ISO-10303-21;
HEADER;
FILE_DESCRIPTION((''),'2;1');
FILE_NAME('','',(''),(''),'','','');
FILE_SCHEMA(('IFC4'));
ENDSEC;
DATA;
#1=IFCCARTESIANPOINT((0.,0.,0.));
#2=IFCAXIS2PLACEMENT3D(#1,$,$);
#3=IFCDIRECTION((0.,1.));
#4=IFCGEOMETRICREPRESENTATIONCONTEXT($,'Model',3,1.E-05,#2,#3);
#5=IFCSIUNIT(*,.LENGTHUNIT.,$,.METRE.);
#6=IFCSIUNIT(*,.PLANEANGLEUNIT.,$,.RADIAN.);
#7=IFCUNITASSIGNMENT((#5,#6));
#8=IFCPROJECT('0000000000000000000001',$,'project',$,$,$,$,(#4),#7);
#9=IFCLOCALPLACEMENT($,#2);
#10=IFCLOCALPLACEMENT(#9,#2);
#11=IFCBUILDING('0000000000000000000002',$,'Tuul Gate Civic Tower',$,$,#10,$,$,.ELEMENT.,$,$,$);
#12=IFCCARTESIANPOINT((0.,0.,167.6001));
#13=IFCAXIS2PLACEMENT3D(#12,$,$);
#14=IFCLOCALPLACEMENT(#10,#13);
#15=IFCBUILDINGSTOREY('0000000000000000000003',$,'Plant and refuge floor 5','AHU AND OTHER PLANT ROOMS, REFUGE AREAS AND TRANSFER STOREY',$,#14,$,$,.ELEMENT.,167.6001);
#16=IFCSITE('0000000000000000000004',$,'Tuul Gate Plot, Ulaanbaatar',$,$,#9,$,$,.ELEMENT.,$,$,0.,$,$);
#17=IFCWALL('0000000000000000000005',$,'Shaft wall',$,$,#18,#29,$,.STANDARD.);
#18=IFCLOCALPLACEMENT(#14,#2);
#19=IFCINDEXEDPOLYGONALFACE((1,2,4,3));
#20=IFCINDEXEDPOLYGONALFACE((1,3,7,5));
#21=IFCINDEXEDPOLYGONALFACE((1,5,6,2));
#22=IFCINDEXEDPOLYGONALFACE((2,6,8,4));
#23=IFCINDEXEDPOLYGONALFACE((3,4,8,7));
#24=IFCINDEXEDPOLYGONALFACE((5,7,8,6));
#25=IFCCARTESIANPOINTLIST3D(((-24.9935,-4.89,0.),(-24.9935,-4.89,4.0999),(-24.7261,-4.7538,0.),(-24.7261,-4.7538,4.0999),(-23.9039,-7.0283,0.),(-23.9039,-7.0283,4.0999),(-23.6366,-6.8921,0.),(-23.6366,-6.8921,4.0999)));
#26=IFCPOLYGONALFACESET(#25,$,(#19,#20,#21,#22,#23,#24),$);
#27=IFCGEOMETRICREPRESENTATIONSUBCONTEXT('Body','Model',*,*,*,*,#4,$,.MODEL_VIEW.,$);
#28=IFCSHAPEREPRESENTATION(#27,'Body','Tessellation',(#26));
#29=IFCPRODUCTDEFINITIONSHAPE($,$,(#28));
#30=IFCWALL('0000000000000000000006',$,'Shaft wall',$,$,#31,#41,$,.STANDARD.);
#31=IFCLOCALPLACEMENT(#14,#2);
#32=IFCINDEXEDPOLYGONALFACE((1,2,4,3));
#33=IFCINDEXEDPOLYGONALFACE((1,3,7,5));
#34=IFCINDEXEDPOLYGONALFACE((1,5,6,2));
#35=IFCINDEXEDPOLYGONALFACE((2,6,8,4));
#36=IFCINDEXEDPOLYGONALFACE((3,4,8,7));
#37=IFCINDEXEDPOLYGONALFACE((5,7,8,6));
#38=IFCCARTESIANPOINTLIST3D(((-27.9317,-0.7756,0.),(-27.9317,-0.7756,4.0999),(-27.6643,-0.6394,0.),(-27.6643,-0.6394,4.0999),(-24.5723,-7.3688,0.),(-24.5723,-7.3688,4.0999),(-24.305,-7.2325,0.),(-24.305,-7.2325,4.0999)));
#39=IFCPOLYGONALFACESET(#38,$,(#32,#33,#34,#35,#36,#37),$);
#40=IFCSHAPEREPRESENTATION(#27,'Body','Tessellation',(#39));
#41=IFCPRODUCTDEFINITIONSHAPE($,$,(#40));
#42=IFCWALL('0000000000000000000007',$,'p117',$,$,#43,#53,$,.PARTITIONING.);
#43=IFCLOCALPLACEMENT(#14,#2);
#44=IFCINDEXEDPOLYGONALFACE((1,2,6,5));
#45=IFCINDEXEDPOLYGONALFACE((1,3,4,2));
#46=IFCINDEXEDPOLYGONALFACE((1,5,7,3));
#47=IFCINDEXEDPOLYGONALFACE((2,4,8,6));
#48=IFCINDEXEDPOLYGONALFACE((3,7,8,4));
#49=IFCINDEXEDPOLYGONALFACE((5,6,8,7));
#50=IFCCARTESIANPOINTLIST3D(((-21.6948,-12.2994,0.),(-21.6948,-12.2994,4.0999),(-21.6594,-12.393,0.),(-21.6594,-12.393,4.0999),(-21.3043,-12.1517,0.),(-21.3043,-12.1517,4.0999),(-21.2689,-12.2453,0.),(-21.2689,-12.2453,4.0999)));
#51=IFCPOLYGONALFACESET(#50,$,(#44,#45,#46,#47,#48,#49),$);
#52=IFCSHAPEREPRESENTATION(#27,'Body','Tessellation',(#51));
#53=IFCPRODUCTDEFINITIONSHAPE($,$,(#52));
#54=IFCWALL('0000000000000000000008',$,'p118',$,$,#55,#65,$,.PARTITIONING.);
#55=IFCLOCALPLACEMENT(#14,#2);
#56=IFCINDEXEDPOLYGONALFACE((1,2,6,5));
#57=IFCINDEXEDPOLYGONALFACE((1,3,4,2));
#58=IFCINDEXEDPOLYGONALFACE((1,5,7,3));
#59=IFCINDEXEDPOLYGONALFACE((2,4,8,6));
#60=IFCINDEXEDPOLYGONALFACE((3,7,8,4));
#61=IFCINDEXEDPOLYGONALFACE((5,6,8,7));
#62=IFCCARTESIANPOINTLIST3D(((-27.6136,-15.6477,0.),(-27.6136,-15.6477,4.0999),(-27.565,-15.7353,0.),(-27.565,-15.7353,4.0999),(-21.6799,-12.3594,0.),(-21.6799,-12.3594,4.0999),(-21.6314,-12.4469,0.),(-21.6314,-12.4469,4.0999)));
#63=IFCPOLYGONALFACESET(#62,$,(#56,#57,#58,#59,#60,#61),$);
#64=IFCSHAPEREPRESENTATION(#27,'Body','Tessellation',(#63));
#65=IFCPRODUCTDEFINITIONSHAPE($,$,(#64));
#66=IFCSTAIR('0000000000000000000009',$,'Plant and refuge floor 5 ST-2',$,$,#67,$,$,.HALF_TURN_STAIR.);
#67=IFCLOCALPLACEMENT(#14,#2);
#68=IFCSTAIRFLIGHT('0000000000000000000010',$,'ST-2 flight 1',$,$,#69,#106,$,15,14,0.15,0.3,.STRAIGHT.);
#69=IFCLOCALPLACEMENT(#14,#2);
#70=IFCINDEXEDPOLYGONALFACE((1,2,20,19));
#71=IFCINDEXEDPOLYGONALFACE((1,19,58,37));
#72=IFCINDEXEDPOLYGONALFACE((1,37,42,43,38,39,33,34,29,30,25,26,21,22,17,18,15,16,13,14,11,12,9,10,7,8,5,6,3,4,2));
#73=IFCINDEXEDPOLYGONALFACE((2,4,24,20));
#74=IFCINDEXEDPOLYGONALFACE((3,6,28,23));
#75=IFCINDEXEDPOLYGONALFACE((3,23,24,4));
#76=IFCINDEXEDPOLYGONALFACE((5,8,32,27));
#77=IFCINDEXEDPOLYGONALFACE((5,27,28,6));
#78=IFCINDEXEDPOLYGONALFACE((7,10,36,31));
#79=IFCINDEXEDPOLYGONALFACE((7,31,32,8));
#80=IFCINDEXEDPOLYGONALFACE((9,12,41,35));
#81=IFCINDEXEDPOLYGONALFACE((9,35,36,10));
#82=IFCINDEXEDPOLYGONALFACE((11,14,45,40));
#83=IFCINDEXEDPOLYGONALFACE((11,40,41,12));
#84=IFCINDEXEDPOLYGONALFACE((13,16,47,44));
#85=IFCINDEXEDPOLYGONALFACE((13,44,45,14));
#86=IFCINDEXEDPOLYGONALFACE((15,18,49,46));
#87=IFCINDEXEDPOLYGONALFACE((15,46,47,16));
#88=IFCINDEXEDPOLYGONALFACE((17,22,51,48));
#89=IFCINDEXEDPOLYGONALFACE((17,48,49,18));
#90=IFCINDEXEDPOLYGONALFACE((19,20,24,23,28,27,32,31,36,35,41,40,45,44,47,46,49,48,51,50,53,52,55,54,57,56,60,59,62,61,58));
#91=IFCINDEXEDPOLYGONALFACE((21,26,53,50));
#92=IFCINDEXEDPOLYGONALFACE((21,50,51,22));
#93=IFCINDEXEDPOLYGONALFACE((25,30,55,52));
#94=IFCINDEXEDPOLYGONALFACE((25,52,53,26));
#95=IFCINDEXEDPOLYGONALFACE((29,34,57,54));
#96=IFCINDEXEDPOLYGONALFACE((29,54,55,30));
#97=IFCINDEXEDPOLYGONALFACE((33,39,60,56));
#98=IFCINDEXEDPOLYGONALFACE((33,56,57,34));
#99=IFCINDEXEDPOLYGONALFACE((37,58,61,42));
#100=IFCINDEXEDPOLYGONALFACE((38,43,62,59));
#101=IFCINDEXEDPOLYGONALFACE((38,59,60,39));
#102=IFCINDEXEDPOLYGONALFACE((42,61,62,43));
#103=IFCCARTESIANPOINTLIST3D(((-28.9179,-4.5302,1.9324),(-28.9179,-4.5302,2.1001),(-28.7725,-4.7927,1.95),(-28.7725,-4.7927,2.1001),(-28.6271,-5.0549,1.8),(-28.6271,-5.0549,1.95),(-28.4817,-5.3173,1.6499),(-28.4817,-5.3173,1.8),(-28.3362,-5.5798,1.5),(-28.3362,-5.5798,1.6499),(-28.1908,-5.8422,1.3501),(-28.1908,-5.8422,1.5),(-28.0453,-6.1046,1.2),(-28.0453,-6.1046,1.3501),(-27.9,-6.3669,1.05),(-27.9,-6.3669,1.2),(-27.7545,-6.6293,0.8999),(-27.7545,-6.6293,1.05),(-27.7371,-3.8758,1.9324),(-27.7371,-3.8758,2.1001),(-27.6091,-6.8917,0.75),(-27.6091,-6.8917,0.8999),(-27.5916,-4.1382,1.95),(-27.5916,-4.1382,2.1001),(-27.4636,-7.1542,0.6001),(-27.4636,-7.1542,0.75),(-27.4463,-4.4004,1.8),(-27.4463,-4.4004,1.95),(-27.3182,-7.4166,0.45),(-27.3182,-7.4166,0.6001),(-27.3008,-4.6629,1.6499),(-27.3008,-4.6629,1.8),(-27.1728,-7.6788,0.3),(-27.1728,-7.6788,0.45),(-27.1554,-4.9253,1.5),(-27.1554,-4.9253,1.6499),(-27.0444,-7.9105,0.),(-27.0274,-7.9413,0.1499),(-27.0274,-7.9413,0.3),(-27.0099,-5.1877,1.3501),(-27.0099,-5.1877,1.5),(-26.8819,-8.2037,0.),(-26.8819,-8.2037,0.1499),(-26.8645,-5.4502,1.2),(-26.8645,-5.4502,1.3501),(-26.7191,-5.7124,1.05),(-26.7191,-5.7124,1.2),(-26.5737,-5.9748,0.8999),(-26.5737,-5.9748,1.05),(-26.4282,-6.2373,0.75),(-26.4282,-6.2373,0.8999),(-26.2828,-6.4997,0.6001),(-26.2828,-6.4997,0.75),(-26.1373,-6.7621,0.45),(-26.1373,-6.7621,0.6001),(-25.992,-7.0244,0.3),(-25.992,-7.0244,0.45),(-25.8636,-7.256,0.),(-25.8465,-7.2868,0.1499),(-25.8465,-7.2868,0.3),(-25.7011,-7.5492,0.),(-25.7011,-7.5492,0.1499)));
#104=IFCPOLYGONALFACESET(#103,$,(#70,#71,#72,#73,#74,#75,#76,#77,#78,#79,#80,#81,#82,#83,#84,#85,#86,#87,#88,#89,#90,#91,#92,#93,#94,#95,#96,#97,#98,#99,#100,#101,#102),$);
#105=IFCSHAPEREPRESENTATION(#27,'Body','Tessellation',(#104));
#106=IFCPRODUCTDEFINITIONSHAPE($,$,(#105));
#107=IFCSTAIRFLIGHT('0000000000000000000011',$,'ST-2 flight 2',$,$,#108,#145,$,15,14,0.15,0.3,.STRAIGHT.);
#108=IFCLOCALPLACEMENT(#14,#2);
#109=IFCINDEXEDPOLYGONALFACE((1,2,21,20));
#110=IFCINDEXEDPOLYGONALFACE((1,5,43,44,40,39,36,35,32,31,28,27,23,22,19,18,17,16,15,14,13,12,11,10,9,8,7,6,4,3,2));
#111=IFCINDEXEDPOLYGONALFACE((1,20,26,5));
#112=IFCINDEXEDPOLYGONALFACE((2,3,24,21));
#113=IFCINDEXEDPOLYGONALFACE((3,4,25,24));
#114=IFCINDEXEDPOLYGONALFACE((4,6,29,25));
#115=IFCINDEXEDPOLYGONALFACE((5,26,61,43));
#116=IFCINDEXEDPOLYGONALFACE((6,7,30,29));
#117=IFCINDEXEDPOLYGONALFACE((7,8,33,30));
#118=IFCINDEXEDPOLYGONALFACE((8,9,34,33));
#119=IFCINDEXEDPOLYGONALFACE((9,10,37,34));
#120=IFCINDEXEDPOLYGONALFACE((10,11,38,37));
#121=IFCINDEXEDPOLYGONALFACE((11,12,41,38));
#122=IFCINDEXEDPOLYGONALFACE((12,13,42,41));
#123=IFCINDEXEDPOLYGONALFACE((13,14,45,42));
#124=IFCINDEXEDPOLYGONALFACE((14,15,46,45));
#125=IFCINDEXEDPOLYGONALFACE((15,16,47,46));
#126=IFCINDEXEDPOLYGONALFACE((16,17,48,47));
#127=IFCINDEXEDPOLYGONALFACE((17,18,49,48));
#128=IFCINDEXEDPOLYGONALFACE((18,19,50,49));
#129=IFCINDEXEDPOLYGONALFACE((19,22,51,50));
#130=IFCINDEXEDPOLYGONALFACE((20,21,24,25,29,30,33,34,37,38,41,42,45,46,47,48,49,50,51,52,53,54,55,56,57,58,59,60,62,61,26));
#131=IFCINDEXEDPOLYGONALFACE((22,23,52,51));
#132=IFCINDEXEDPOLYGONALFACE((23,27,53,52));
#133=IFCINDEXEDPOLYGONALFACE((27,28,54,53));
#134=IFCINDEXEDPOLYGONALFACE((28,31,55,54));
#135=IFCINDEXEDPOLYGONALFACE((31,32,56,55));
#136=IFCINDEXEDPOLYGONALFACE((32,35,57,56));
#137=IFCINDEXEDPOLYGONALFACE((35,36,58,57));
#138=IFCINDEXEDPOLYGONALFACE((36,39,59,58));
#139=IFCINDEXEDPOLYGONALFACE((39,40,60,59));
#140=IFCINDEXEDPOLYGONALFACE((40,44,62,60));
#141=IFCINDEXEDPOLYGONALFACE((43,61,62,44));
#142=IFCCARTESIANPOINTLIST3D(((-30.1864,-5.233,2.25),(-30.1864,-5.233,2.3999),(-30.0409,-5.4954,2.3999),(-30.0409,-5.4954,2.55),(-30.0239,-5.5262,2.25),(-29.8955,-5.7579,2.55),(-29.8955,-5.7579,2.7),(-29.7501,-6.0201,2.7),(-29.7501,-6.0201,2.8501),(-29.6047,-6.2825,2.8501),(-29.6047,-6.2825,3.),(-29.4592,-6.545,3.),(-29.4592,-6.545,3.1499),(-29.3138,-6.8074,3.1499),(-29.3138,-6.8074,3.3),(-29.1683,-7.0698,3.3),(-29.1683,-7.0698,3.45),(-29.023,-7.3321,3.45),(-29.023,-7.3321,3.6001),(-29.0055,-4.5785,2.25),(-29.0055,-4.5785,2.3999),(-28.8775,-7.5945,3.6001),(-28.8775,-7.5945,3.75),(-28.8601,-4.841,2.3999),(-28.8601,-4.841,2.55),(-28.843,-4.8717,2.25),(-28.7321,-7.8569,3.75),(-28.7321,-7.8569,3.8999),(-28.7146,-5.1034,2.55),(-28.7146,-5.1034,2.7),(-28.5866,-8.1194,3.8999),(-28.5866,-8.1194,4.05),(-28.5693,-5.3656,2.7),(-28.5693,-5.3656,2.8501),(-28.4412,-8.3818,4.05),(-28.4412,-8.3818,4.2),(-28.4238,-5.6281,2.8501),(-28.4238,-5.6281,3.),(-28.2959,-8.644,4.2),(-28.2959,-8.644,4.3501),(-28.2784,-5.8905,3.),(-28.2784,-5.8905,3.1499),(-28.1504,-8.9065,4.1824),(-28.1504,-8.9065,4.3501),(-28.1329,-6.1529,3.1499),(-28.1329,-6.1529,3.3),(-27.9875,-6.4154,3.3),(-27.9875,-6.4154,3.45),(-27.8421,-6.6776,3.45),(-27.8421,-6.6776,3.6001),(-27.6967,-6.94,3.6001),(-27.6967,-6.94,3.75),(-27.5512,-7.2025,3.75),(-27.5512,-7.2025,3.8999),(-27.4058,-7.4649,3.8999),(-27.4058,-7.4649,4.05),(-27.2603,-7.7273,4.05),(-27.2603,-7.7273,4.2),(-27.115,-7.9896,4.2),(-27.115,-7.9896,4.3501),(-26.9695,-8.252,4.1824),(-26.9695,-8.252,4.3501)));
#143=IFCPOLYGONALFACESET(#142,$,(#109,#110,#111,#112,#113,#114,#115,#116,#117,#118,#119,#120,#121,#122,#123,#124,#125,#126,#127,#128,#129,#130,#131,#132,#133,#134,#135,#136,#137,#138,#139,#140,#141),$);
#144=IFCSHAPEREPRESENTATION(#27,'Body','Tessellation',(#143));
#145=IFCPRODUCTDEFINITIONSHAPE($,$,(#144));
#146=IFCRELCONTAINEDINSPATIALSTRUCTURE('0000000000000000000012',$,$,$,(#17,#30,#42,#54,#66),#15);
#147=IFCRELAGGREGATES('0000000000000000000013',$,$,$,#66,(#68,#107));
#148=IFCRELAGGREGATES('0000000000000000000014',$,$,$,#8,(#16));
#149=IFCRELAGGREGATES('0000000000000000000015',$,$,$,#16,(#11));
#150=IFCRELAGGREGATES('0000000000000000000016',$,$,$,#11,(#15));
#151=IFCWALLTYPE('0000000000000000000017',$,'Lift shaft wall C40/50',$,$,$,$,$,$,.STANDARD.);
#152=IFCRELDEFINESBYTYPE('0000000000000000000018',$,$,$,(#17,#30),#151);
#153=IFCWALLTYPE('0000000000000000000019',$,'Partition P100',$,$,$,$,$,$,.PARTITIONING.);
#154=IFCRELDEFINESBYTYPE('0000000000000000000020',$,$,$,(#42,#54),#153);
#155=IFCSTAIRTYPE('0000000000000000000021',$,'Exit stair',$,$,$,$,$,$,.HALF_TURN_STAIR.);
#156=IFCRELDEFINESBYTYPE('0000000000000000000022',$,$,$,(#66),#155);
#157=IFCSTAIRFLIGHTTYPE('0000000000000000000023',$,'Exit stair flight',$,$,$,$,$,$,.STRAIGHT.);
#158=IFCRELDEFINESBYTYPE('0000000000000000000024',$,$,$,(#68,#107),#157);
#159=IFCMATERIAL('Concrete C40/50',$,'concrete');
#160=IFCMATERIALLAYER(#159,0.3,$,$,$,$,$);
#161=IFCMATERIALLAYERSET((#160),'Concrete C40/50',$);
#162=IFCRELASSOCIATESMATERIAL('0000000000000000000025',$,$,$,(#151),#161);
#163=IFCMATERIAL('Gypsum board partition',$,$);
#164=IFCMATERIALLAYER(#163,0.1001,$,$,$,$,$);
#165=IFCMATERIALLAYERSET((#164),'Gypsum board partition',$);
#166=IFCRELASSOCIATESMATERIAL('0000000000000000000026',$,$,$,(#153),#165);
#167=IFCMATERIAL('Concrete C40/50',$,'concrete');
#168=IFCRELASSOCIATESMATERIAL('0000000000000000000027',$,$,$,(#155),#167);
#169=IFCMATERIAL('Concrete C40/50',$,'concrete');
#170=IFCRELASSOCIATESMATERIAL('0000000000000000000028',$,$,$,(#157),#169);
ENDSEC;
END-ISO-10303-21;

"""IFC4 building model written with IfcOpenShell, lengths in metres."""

from ifc_helpers import new_model, si_unit, direction, frame, frame_2d, origin, place, context, subcontext, project, spatial, polyline, rectangle, outline, extrude, material, layer, layer_set, type_object, element, aggregate, save


model = new_model("IFC4")

# Units and contexts
model_context = context("Model", 3, precision=1e-05, world=origin(), true_north=direction((0.0, 1.0)))
body_context = subcontext(model_context, "Body", "Model", "MODEL_VIEW")
ifc_project = project(units=[si_unit("LENGTHUNIT", "METRE"), si_unit("PLANEANGLEUNIT", "RADIAN")], contexts=[model_context])

# Site, building, storey
site_placement = place(None, origin())
site = spatial("IfcSite", under=ifc_project, at=site_placement, Name="Tuul Gate Plot, Ulaanbaatar", CompositionType="ELEMENT", RefElevation=0.0)
building_placement = place(site_placement, origin())
building = spatial("IfcBuilding", under=site, at=building_placement, Name="Tuul Gate Civic Tower", CompositionType="ELEMENT")
storey_placement = place(building_placement, frame((0.0, 0.0, 167.6001)))
storey = spatial("IfcBuildingStorey", under=building, at=storey_placement, Name="Plant and refuge floor 5", Description="AHU AND OTHER PLANT ROOMS, REFUGE AREAS AND TRANSFER STOREY", CompositionType="ELEMENT", Elevation=167.6001)

# Shared definitions
ifc_material_1 = material(Name="Concrete C40/50", Category="concrete")
ifc_layer_1 = layer(ifc_material_1, 0.3)
ifc_layer_set_1 = layer_set([ifc_layer_1], Name="Concrete C40/50")
wall_type_1 = type_object("IfcWallType", Name="Lift shaft wall C40/50", PredefinedType="STANDARD", material=ifc_layer_set_1)

# Walls
for number, where, z_axis, x_axis, name in (
    (1, (-23.7703, -6.9602, 0.0), (0.0, 0.0, 1.0), (-0.453996, 0.891004, 0.0), "Shaft wall"),
):
    element("IfcWall", number, at=place(storey_placement, frame(where, z_axis=z_axis, x_axis=x_axis)), inside=storey, type_object=wall_type_1, Name=name, PredefinedType="STANDARD", context=body_context, shape_type="SweptSolid", body=[
        extrude(rectangle(XDim=2.3999, YDim=0.3, at=frame_2d((1.2, 0.0))), origin(), (0.0, 0.0, 1.0), 4.0999),
    ])
wall_1_placement = place(storey_placement, frame((-24.4387, -7.3005, 0.0), z_axis=(0.0, 0.0, 1.0), x_axis=(-0.453984, 0.89101, 0.0)))
element("IfcWall", 2, at=wall_1_placement, inside=storey, type_object=wall_type_1, Name="Shaft wall", PredefinedType="STANDARD", context=body_context, shape_type="SweptSolid", body=[
    extrude(rectangle(XDim=7.3997, YDim=0.3, at=frame_2d((3.6997, 0.0))), origin(), (0.0, 0.0, 1.0), 4.0999),
])
ifc_material_2 = material(Name="Gypsum board partition")
ifc_layer_2 = layer(ifc_material_2, 0.1001)
ifc_layer_set_2 = layer_set([ifc_layer_2], Name="Gypsum board partition")
wall_type_2 = type_object("IfcWallType", Name="Partition P100", PredefinedType="PARTITIONING", material=ifc_layer_set_2)
wall_2_placement = place(storey_placement, frame((-21.2866, -12.1985, 0.0), z_axis=(0.0, 0.0, 1.0), x_axis=(-0.935291, -0.353878, 0.0)))
element("IfcWall", 3, at=wall_2_placement, inside=storey, type_object=wall_type_2, Name="p117", PredefinedType="PARTITIONING", context=body_context, shape_type="SweptSolid", body=[
    extrude(rectangle(XDim=0.4175, YDim=0.1001, at=frame_2d((0.2087, 0.0))), origin(), (0.0, 0.0, 1.0), 4.0999),
])
wall_3_placement = place(storey_placement, frame((-21.6555, -12.4031, 0.0), z_axis=(0.0, 0.0, 1.0), x_axis=(-0.874664, -0.484729, 0.0)))
element("IfcWall", 4, at=wall_3_placement, inside=storey, type_object=wall_type_2, Name="p118", PredefinedType="PARTITIONING", context=body_context, shape_type="SweptSolid", body=[
    extrude(rectangle(XDim=6.7839, YDim=0.1001, at=frame_2d((3.3921, 0.0))), origin(), (0.0, 0.0, 1.0), 4.0999),
])

# Stair, stair flights
ifc_material_3 = material(Name="Concrete C40/50", Category="concrete")
stair_type = type_object("IfcStairType", Name="Exit stair", PredefinedType="HALF_TURN_STAIR", material=ifc_material_3)
stair_placement = place(storey_placement, origin())
stair = element("IfcStair", 5, at=stair_placement, inside=storey, type_object=stair_type, Name="Plant and refuge floor 5 ST-2", PredefinedType="HALF_TURN_STAIR")
ifc_material_4 = material(Name="Concrete C40/50", Category="concrete")
stair_flight_type = type_object("IfcStairFlightType", Name="Exit stair flight", PredefinedType="STRAIGHT", material=ifc_material_4)
stair_flight_1_placement = place(storey_placement, frame((-26.2915, -7.8765, 0.0), z_axis=(0.0, 0.0, 1.0), x_axis=(-0.484762, 0.874646, 0.0)))
stair_flight_1 = element("IfcStairFlight", 6, at=stair_flight_1_placement, type_object=stair_flight_type, Name="ST-2 flight 1", NumberOfRisers=15, NumberOfTreads=14, PredefinedType="STRAIGHT", RiserHeight=0.15, TreadLength=0.3, context=body_context, shape_type="SweptSolid", body=[
    extrude(outline(polyline([(0.0, 0.0), (0.0, 0.1499), (0.3, 0.1499), (0.3, 0.3), (0.6001, 0.3), (0.6001, 0.45), (0.8999, 0.45), (0.8999, 0.6001), (1.2, 0.6001), (1.2, 0.75), (1.5, 0.75), (1.5, 0.8999), (1.8, 0.8999), (1.8, 1.05), (2.1001, 1.05), (2.1001, 1.2), (2.3999, 1.2), (2.3999, 1.3501), (2.7, 1.3501), (2.7, 1.5), (3.0, 1.5), (3.0, 1.6499), (3.3, 1.6499), (3.3, 1.8), (3.6001, 1.8), (3.6001, 1.95), (3.8999, 1.95), (3.8999, 2.1001), (4.2, 2.1001), (4.2, 2.25), (4.2, 1.9324), (0.3352, 0.0), (0.0, 0.0)])), frame((0.0, 0.675, 0.0), z_axis=(0.0, -1.0, 0.0), x_axis=(1.0, 0.0, 0.0)), (0.0, 0.0, 1.0), 1.3501),
])
stair_flight_2_placement = place(storey_placement, frame((-29.5959, -4.9058, 2.25), z_axis=(0.0, 0.0, 1.0), x_axis=(0.484762, -0.874646, 0.0)))
stair_flight_2 = element("IfcStairFlight", 7, at=stair_flight_2_placement, type_object=stair_flight_type, Name="ST-2 flight 2", NumberOfRisers=15, NumberOfTreads=14, PredefinedType="STRAIGHT", RiserHeight=0.15, TreadLength=0.3, context=body_context, shape_type="SweptSolid", body=[
    extrude(outline(polyline([(0.0, 0.0), (0.0, 0.1499), (0.3, 0.1499), (0.3, 0.3), (0.6001, 0.3), (0.6001, 0.45), (0.8999, 0.45), (0.8999, 0.6001), (1.2, 0.6001), (1.2, 0.75), (1.5, 0.75), (1.5, 0.8999), (1.8, 0.8999), (1.8, 1.05), (2.1001, 1.05), (2.1001, 1.2), (2.3999, 1.2), (2.3999, 1.3501), (2.7, 1.3501), (2.7, 1.5), (3.0, 1.5), (3.0, 1.6499), (3.3, 1.6499), (3.3, 1.8), (3.6001, 1.8), (3.6001, 1.95), (3.8999, 1.95), (3.8999, 2.1001), (4.2, 2.1001), (4.2, 2.25), (4.2, 1.9324), (0.3352, 0.0), (0.0, 0.0)])), frame((0.0, 0.675, 0.0), z_axis=(0.0, -1.0, 0.0), x_axis=(1.0, 0.0, 0.0)), (0.0, 0.0, 1.0), 1.3501),
])
aggregate(stair, [stair_flight_1, stair_flight_2])

save(model, "model.ifc")
